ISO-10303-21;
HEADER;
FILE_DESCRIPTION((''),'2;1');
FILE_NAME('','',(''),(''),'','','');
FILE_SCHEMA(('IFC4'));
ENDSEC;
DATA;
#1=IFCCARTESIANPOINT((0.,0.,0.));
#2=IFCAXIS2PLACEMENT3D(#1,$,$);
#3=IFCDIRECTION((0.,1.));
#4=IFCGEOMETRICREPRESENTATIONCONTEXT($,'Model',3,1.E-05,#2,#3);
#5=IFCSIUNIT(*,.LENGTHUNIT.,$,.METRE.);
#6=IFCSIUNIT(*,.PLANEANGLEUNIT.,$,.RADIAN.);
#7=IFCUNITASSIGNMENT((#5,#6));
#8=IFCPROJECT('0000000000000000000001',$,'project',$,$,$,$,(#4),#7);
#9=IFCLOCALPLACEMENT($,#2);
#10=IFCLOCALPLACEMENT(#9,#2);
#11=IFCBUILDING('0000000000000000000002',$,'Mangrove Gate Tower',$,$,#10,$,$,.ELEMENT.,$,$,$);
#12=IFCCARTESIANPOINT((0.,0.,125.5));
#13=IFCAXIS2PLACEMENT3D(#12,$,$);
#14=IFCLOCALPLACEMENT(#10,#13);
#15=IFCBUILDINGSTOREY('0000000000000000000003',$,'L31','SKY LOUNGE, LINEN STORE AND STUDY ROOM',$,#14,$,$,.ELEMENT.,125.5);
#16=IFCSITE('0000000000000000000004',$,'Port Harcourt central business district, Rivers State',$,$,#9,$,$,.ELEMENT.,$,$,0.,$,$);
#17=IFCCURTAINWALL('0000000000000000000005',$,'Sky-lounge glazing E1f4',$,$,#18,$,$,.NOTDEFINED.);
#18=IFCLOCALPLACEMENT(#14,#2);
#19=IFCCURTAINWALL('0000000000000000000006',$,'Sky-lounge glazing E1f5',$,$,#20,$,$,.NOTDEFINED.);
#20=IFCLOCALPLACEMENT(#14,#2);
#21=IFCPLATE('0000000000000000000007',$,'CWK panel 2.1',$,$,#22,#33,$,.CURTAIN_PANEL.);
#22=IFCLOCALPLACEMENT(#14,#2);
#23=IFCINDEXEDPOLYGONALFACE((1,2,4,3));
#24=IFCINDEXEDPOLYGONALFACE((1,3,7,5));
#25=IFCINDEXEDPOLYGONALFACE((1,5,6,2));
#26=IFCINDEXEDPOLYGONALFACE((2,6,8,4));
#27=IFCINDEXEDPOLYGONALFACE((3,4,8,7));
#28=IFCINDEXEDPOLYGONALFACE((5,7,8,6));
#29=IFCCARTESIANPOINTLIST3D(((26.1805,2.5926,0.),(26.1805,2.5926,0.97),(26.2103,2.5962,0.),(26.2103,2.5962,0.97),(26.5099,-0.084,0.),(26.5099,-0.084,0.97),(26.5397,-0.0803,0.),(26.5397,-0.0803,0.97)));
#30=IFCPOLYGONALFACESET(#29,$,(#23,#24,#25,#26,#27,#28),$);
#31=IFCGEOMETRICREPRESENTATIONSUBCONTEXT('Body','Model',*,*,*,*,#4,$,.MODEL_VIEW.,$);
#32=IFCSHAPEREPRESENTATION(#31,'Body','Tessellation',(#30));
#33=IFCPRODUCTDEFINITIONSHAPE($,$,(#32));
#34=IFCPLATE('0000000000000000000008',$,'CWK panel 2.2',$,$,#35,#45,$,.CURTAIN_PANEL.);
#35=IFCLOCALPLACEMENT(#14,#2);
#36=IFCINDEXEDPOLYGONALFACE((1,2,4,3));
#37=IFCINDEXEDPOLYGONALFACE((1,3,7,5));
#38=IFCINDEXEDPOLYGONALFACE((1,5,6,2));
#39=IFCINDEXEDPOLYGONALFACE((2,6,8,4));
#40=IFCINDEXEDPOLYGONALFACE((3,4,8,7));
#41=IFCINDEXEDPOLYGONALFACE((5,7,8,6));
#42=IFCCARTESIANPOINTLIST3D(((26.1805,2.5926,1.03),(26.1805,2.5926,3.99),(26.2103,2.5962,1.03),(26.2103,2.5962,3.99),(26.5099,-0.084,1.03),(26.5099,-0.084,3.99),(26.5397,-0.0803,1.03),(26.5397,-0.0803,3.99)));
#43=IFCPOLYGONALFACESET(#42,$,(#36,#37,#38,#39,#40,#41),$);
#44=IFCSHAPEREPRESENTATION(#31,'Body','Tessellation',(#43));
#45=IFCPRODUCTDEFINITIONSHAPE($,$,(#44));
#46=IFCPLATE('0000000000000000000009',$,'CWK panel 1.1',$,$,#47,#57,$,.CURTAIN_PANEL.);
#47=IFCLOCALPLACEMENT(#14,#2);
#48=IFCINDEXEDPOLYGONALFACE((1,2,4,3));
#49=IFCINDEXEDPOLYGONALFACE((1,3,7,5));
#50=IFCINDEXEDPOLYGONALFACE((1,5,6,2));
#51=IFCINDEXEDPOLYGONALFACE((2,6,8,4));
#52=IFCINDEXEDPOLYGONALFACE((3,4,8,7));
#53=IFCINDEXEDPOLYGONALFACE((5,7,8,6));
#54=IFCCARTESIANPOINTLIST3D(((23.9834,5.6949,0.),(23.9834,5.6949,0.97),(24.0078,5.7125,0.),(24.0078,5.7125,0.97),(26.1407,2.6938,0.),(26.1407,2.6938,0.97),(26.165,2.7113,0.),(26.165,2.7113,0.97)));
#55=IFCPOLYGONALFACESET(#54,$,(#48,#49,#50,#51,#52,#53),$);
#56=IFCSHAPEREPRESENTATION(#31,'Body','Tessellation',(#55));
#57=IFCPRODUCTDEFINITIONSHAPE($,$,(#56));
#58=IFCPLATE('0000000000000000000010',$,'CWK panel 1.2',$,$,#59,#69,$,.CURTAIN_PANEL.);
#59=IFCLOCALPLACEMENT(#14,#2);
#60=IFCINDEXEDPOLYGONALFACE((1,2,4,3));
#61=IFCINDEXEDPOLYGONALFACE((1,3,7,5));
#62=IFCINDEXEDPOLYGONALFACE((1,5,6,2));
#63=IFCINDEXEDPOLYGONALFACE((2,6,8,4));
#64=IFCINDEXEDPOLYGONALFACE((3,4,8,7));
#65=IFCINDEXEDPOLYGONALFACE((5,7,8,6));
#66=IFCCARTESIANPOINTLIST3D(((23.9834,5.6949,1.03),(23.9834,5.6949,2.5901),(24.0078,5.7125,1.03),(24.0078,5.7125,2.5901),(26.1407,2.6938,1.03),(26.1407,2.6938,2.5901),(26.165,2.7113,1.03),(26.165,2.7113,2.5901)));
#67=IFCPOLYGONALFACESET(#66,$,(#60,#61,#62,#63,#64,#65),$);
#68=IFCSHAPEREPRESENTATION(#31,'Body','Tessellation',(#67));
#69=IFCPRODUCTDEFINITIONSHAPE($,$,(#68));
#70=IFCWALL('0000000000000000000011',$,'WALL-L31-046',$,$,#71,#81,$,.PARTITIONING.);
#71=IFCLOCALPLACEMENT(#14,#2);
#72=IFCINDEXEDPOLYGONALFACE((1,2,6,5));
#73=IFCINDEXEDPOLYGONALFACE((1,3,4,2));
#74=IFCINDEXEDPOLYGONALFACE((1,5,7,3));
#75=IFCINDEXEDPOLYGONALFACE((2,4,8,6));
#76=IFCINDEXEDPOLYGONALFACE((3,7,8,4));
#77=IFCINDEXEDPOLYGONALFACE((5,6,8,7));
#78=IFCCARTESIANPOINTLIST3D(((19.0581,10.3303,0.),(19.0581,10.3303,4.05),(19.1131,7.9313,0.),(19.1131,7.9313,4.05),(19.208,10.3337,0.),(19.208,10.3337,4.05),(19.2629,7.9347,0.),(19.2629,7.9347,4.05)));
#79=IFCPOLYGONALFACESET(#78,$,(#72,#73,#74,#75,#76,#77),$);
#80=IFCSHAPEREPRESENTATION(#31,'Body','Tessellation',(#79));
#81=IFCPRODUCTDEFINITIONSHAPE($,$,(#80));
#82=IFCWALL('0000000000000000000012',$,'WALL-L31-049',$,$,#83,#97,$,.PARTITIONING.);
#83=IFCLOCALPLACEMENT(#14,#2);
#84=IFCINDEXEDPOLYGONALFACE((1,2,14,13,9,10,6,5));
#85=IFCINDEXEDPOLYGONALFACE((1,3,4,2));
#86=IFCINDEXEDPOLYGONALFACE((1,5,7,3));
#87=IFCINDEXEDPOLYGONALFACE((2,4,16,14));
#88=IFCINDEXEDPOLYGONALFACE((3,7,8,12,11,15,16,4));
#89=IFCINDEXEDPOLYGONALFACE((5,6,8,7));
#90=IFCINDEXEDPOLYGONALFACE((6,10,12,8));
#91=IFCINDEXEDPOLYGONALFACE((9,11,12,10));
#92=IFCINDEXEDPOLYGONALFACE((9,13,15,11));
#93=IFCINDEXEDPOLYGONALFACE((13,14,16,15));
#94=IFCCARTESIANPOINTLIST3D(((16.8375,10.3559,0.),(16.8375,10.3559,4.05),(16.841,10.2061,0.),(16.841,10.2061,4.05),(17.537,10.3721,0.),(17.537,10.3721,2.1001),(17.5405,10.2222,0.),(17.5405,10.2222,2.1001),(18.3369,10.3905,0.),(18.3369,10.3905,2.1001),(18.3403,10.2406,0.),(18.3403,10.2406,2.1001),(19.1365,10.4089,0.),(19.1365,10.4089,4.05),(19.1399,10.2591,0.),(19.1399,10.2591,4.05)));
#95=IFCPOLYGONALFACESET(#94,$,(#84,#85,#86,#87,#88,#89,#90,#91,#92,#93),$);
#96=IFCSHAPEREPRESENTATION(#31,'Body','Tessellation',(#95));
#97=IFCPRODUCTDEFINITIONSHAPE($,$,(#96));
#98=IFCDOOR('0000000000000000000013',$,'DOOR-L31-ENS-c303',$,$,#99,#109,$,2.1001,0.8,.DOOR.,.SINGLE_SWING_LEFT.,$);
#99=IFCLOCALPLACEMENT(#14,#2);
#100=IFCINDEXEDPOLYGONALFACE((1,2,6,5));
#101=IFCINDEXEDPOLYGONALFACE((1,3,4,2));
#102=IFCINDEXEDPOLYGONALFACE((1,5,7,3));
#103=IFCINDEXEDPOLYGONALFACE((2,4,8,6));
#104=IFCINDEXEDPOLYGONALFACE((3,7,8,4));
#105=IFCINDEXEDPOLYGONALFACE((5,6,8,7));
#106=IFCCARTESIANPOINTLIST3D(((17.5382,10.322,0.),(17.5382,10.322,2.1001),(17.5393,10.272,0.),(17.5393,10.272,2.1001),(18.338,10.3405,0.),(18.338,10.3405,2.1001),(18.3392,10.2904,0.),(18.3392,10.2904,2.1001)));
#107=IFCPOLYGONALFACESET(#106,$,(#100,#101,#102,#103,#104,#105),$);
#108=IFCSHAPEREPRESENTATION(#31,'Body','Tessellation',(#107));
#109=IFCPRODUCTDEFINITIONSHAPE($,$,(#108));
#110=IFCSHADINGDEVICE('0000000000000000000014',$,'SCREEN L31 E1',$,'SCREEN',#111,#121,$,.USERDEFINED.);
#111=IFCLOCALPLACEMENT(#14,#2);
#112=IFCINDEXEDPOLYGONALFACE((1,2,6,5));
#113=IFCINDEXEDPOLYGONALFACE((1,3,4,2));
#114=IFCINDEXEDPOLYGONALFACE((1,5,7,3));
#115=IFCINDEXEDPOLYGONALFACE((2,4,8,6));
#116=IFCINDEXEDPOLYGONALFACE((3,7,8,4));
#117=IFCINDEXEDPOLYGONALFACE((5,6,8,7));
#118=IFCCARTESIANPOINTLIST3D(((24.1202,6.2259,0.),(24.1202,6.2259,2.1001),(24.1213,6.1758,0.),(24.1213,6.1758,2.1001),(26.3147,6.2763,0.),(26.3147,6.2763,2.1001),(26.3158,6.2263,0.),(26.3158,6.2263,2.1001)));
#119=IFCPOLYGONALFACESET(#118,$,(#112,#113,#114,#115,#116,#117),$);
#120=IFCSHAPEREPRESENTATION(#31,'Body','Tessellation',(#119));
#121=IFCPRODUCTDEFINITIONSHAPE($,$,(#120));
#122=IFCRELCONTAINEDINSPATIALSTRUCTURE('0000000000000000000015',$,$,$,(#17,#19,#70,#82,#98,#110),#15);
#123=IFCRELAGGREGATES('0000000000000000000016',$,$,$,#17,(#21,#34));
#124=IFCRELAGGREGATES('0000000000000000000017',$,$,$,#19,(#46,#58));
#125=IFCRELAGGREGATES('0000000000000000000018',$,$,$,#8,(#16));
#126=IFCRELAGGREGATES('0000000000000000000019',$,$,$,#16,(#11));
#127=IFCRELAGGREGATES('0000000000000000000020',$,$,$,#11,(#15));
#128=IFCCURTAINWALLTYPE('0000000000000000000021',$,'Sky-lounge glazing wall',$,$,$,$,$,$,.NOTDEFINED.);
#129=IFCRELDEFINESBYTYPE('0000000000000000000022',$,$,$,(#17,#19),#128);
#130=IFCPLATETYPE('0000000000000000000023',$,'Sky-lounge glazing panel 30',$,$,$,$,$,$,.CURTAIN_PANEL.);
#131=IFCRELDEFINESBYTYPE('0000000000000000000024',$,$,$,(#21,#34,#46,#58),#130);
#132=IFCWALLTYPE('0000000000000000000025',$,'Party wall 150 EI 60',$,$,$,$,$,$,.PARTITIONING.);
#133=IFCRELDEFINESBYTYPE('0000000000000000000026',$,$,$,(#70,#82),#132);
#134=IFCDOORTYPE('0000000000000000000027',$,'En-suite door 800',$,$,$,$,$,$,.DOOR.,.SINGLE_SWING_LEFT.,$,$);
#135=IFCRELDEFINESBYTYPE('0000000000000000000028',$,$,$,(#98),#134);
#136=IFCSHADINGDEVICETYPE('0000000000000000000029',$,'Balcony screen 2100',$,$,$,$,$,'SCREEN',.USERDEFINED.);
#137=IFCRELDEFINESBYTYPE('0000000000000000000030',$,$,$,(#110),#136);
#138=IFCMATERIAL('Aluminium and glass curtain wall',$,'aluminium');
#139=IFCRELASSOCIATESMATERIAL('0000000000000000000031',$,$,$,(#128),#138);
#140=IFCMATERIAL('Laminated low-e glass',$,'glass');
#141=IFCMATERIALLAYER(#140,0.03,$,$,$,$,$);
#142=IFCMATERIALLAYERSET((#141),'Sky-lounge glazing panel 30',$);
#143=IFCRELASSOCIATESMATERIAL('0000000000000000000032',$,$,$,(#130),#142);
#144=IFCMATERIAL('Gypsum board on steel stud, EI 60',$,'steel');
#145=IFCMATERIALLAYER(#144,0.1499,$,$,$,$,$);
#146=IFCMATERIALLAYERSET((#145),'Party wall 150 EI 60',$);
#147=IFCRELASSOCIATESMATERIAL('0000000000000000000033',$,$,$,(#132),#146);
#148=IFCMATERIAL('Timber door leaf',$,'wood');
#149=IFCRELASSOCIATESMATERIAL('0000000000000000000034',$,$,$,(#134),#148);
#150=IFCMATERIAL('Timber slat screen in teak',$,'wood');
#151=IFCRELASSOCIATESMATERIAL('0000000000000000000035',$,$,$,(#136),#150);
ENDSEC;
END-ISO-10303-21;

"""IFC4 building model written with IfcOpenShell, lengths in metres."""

from ifc_helpers import new_model, si_unit, direction, frame, frame_2d, origin, origin_2d, place, context, subcontext, project, spatial, rectangle, extrude, material, layer, layer_set, type_object, element, fill, aggregate, save


model = new_model("IFC4")

# Units and contexts
model_context = context("Model", 3, precision=1e-05, world=origin(), true_north=direction((0.0, 1.0)))
body_context = subcontext(model_context, "Body", "Model", "MODEL_VIEW")
ifc_project = project(units=[si_unit("LENGTHUNIT", "METRE"), si_unit("PLANEANGLEUNIT", "RADIAN")], contexts=[model_context])

# Site, building, storey
site_placement = place(None, origin())
site = spatial("IfcSite", under=ifc_project, at=site_placement, Name="Port Harcourt central business district, Rivers State", CompositionType="ELEMENT", RefElevation=0.0)
building_placement = place(site_placement, origin())
building = spatial("IfcBuilding", under=site, at=building_placement, Name="Mangrove Gate Tower", CompositionType="ELEMENT")
storey_placement = place(building_placement, frame((0.0, 0.0, 125.5)))
storey = spatial("IfcBuildingStorey", under=building, at=storey_placement, Name="L31", Description="SKY LOUNGE, LINEN STORE AND STUDY ROOM", CompositionType="ELEMENT", Elevation=125.5)

# Curtain walls
ifc_material_1 = material(Name="Aluminium and glass curtain wall", Category="aluminium")
curtain_wall_type = type_object("IfcCurtainWallType", Name="Sky-lounge glazing wall", PredefinedType="NOTDEFINED", material=ifc_material_1)
curtain_wall_1_placement = place(storey_placement, origin())
curtain_wall_1 = element("IfcCurtainWall", 1, at=curtain_wall_1_placement, inside=storey, type_object=curtain_wall_type, Name="Sky-lounge glazing E1f4", PredefinedType="NOTDEFINED")
curtain_wall_2_placement = place(storey_placement, origin())
curtain_wall_2 = element("IfcCurtainWall", 2, at=curtain_wall_2_placement, inside=storey, type_object=curtain_wall_type, Name="Sky-lounge glazing E1f5", PredefinedType="NOTDEFINED")

# Plates
ifc_material_2 = material(Name="Laminated low-e glass", Category="glass")
ifc_layer_1 = layer(ifc_material_2, 0.03)
ifc_layer_set_1 = layer_set([ifc_layer_1], Name="Sky-lounge glazing panel 30")
plate_type = type_object("IfcPlateType", Name="Sky-lounge glazing panel 30", PredefinedType="CURTAIN_PANEL", material=ifc_layer_set_1)
plate_1_placement = place(storey_placement, frame((26.3601, 1.2561, 0.0), z_axis=(0.0, 0.0, 1.0), x_axis=(-0.122172, 0.992509, 0.0)))
plate_1 = element("IfcPlate", 3, at=plate_1_placement, type_object=plate_type, Name="CWK panel 2.1", PredefinedType="CURTAIN_PANEL", context=body_context, shape_type="SweptSolid", body=[
    extrude(rectangle(XDim=2.6968, YDim=0.03, at=origin_2d()), origin(), (0.0, 0.0, 1.0), 0.97),
])
plate_2_placement = place(storey_placement, frame((26.3601, 1.2561, 1.03), z_axis=(0.0, 0.0, 1.0), x_axis=(-0.122172, 0.992509, 0.0)))
plate_2 = element("IfcPlate", 4, at=plate_2_placement, type_object=plate_type, Name="CWK panel 2.2", PredefinedType="CURTAIN_PANEL", context=body_context, shape_type="SweptSolid", body=[
    extrude(rectangle(XDim=2.6968, YDim=0.03, at=origin_2d()), origin(), (0.0, 0.0, 1.0), 2.96),
])
aggregate(curtain_wall_1, [plate_1, plate_2])
plate_3_placement = place(storey_placement, frame((25.0742, 4.2031, 0.0), z_axis=(0.0, 0.0, 1.0), x_axis=(-0.58367, 0.811991, 0.0)))
plate_3 = element("IfcPlate", 5, at=plate_3_placement, type_object=plate_type, Name="CWK panel 1.1", PredefinedType="CURTAIN_PANEL", context=body_context, shape_type="SweptSolid", body=[
    extrude(rectangle(XDim=3.696, YDim=0.03, at=origin_2d()), origin(), (0.0, 0.0, 1.0), 0.97),
])
plate_4_placement = place(storey_placement, frame((25.0742, 4.2031, 1.03), z_axis=(0.0, 0.0, 1.0), x_axis=(-0.58367, 0.811991, 0.0)))
plate_4 = element("IfcPlate", 6, at=plate_4_placement, type_object=plate_type, Name="CWK panel 1.2", PredefinedType="CURTAIN_PANEL", context=body_context, shape_type="SweptSolid", body=[
    extrude(rectangle(XDim=3.696, YDim=0.03, at=origin_2d()), origin(), (0.0, 0.0, 1.0), 1.5601),
])
aggregate(curtain_wall_2, [plate_3, plate_4])

# Wall
ifc_material_3 = material(Name="Gypsum board on steel stud, EI 60", Category="steel")
ifc_layer_2 = layer(ifc_material_3, 0.1499)
ifc_layer_set_2 = layer_set([ifc_layer_2], Name="Party wall 150 EI 60")
wall_type_1 = type_object("IfcWallType", Name="Party wall 150 EI 60", PredefinedType="PARTITIONING", material=ifc_layer_set_2)
wall_1_placement = place(storey_placement, frame((19.188, 7.9331, 0.0), z_axis=(0.0, 0.0, 1.0), x_axis=(-0.022892, 0.999738, 0.0)))
element("IfcWall", 7, at=wall_1_placement, inside=storey, type_object=wall_type_1, Name="WALL-L31-046", PredefinedType="PARTITIONING", context=body_context, shape_type="SweptSolid", body=[
    extrude(rectangle(XDim=2.3997, YDim=0.1499, at=frame_2d((1.1997, 0.0))), origin(), (0.0, 0.0, 1.0), 4.05),
])

# Wall, opening, door
wall_2_placement = place(storey_placement, frame((16.8391, 10.281, 0.0), z_axis=(0.0, 0.0, 1.0), x_axis=(0.999735, 0.02304, 0.0)))
wall_2 = element("IfcWall", 8, at=wall_2_placement, inside=storey, type_object=wall_type_1, Name="WALL-L31-049", PredefinedType="PARTITIONING", context=body_context, shape_type="SweptSolid", body=[
    extrude(rectangle(XDim=2.2996, YDim=0.1499, at=frame_2d((1.1499, 0.0))), origin(), (0.0, 0.0, 1.0), 4.05),
])
opening_1_placement = place(wall_2_placement, frame((0.7, 0.0, 0.0)))
opening_1 = element("IfcOpeningElement", 9, at=opening_1_placement, cuts=wall_2, PredefinedType="OPENING", context=body_context, shape_type="SweptSolid", body=[
    extrude(rectangle(XDim=0.8, YDim=2.1001, at=frame_2d((0.3999, 1.05))), frame((0.0, 0.085, 0.0), z_axis=(0.0, -1.0, 0.0), x_axis=(1.0, 0.0, 0.0)), (0.0, 0.0, 1.0), 0.1699),
])
ifc_material_4 = material(Name="Timber door leaf", Category="wood")
door_type_1 = type_object("IfcDoorType", Name="En-suite door 800", OperationType="SINGLE_SWING_LEFT", PredefinedType="DOOR", material=ifc_material_4)
door_1_placement = place(opening_1_placement, origin())
door_1 = element("IfcDoor", 10, at=door_1_placement, inside=storey, type_object=door_type_1, Name="DOOR-L31-ENS-c303", OperationType="SINGLE_SWING_LEFT", OverallHeight=2.1001, OverallWidth=0.8, PredefinedType="DOOR", context=body_context, shape_type="SweptSolid", body=[
    extrude(rectangle(XDim=0.8, YDim=2.1001, at=frame_2d((0.3999, 1.05))), frame((0.0, 0.0249, 0.0), z_axis=(0.0, -1.0, 0.0), x_axis=(1.0, 0.0, 0.0)), (0.0, 0.0, 1.0), 0.05),
])
fill(opening_1, door_1)

# Shading device
ifc_material_5 = material(Name="Timber slat screen in teak", Category="wood")
shading_device_type = type_object("IfcShadingDeviceType", Name="Balcony screen 2100", ElementType="SCREEN", PredefinedType="USERDEFINED", material=ifc_material_5)
shading_device_placement = place(storey_placement, frame((25.218, 6.2261, 0.0), z_axis=(0.0, 0.0, 1.0), x_axis=(0.999736, 0.022967, 0.0)))
element("IfcShadingDevice", 11, at=shading_device_placement, inside=storey, type_object=shading_device_type, Name="SCREEN L31 E1", ObjectType="SCREEN", PredefinedType="USERDEFINED", context=body_context, shape_type="SweptSolid", body=[
    extrude(rectangle(XDim=2.1951, YDim=0.05, at=origin_2d()), origin(), (0.0, 0.0, 1.0), 2.1001),
])

save(model, "model.ifc")
